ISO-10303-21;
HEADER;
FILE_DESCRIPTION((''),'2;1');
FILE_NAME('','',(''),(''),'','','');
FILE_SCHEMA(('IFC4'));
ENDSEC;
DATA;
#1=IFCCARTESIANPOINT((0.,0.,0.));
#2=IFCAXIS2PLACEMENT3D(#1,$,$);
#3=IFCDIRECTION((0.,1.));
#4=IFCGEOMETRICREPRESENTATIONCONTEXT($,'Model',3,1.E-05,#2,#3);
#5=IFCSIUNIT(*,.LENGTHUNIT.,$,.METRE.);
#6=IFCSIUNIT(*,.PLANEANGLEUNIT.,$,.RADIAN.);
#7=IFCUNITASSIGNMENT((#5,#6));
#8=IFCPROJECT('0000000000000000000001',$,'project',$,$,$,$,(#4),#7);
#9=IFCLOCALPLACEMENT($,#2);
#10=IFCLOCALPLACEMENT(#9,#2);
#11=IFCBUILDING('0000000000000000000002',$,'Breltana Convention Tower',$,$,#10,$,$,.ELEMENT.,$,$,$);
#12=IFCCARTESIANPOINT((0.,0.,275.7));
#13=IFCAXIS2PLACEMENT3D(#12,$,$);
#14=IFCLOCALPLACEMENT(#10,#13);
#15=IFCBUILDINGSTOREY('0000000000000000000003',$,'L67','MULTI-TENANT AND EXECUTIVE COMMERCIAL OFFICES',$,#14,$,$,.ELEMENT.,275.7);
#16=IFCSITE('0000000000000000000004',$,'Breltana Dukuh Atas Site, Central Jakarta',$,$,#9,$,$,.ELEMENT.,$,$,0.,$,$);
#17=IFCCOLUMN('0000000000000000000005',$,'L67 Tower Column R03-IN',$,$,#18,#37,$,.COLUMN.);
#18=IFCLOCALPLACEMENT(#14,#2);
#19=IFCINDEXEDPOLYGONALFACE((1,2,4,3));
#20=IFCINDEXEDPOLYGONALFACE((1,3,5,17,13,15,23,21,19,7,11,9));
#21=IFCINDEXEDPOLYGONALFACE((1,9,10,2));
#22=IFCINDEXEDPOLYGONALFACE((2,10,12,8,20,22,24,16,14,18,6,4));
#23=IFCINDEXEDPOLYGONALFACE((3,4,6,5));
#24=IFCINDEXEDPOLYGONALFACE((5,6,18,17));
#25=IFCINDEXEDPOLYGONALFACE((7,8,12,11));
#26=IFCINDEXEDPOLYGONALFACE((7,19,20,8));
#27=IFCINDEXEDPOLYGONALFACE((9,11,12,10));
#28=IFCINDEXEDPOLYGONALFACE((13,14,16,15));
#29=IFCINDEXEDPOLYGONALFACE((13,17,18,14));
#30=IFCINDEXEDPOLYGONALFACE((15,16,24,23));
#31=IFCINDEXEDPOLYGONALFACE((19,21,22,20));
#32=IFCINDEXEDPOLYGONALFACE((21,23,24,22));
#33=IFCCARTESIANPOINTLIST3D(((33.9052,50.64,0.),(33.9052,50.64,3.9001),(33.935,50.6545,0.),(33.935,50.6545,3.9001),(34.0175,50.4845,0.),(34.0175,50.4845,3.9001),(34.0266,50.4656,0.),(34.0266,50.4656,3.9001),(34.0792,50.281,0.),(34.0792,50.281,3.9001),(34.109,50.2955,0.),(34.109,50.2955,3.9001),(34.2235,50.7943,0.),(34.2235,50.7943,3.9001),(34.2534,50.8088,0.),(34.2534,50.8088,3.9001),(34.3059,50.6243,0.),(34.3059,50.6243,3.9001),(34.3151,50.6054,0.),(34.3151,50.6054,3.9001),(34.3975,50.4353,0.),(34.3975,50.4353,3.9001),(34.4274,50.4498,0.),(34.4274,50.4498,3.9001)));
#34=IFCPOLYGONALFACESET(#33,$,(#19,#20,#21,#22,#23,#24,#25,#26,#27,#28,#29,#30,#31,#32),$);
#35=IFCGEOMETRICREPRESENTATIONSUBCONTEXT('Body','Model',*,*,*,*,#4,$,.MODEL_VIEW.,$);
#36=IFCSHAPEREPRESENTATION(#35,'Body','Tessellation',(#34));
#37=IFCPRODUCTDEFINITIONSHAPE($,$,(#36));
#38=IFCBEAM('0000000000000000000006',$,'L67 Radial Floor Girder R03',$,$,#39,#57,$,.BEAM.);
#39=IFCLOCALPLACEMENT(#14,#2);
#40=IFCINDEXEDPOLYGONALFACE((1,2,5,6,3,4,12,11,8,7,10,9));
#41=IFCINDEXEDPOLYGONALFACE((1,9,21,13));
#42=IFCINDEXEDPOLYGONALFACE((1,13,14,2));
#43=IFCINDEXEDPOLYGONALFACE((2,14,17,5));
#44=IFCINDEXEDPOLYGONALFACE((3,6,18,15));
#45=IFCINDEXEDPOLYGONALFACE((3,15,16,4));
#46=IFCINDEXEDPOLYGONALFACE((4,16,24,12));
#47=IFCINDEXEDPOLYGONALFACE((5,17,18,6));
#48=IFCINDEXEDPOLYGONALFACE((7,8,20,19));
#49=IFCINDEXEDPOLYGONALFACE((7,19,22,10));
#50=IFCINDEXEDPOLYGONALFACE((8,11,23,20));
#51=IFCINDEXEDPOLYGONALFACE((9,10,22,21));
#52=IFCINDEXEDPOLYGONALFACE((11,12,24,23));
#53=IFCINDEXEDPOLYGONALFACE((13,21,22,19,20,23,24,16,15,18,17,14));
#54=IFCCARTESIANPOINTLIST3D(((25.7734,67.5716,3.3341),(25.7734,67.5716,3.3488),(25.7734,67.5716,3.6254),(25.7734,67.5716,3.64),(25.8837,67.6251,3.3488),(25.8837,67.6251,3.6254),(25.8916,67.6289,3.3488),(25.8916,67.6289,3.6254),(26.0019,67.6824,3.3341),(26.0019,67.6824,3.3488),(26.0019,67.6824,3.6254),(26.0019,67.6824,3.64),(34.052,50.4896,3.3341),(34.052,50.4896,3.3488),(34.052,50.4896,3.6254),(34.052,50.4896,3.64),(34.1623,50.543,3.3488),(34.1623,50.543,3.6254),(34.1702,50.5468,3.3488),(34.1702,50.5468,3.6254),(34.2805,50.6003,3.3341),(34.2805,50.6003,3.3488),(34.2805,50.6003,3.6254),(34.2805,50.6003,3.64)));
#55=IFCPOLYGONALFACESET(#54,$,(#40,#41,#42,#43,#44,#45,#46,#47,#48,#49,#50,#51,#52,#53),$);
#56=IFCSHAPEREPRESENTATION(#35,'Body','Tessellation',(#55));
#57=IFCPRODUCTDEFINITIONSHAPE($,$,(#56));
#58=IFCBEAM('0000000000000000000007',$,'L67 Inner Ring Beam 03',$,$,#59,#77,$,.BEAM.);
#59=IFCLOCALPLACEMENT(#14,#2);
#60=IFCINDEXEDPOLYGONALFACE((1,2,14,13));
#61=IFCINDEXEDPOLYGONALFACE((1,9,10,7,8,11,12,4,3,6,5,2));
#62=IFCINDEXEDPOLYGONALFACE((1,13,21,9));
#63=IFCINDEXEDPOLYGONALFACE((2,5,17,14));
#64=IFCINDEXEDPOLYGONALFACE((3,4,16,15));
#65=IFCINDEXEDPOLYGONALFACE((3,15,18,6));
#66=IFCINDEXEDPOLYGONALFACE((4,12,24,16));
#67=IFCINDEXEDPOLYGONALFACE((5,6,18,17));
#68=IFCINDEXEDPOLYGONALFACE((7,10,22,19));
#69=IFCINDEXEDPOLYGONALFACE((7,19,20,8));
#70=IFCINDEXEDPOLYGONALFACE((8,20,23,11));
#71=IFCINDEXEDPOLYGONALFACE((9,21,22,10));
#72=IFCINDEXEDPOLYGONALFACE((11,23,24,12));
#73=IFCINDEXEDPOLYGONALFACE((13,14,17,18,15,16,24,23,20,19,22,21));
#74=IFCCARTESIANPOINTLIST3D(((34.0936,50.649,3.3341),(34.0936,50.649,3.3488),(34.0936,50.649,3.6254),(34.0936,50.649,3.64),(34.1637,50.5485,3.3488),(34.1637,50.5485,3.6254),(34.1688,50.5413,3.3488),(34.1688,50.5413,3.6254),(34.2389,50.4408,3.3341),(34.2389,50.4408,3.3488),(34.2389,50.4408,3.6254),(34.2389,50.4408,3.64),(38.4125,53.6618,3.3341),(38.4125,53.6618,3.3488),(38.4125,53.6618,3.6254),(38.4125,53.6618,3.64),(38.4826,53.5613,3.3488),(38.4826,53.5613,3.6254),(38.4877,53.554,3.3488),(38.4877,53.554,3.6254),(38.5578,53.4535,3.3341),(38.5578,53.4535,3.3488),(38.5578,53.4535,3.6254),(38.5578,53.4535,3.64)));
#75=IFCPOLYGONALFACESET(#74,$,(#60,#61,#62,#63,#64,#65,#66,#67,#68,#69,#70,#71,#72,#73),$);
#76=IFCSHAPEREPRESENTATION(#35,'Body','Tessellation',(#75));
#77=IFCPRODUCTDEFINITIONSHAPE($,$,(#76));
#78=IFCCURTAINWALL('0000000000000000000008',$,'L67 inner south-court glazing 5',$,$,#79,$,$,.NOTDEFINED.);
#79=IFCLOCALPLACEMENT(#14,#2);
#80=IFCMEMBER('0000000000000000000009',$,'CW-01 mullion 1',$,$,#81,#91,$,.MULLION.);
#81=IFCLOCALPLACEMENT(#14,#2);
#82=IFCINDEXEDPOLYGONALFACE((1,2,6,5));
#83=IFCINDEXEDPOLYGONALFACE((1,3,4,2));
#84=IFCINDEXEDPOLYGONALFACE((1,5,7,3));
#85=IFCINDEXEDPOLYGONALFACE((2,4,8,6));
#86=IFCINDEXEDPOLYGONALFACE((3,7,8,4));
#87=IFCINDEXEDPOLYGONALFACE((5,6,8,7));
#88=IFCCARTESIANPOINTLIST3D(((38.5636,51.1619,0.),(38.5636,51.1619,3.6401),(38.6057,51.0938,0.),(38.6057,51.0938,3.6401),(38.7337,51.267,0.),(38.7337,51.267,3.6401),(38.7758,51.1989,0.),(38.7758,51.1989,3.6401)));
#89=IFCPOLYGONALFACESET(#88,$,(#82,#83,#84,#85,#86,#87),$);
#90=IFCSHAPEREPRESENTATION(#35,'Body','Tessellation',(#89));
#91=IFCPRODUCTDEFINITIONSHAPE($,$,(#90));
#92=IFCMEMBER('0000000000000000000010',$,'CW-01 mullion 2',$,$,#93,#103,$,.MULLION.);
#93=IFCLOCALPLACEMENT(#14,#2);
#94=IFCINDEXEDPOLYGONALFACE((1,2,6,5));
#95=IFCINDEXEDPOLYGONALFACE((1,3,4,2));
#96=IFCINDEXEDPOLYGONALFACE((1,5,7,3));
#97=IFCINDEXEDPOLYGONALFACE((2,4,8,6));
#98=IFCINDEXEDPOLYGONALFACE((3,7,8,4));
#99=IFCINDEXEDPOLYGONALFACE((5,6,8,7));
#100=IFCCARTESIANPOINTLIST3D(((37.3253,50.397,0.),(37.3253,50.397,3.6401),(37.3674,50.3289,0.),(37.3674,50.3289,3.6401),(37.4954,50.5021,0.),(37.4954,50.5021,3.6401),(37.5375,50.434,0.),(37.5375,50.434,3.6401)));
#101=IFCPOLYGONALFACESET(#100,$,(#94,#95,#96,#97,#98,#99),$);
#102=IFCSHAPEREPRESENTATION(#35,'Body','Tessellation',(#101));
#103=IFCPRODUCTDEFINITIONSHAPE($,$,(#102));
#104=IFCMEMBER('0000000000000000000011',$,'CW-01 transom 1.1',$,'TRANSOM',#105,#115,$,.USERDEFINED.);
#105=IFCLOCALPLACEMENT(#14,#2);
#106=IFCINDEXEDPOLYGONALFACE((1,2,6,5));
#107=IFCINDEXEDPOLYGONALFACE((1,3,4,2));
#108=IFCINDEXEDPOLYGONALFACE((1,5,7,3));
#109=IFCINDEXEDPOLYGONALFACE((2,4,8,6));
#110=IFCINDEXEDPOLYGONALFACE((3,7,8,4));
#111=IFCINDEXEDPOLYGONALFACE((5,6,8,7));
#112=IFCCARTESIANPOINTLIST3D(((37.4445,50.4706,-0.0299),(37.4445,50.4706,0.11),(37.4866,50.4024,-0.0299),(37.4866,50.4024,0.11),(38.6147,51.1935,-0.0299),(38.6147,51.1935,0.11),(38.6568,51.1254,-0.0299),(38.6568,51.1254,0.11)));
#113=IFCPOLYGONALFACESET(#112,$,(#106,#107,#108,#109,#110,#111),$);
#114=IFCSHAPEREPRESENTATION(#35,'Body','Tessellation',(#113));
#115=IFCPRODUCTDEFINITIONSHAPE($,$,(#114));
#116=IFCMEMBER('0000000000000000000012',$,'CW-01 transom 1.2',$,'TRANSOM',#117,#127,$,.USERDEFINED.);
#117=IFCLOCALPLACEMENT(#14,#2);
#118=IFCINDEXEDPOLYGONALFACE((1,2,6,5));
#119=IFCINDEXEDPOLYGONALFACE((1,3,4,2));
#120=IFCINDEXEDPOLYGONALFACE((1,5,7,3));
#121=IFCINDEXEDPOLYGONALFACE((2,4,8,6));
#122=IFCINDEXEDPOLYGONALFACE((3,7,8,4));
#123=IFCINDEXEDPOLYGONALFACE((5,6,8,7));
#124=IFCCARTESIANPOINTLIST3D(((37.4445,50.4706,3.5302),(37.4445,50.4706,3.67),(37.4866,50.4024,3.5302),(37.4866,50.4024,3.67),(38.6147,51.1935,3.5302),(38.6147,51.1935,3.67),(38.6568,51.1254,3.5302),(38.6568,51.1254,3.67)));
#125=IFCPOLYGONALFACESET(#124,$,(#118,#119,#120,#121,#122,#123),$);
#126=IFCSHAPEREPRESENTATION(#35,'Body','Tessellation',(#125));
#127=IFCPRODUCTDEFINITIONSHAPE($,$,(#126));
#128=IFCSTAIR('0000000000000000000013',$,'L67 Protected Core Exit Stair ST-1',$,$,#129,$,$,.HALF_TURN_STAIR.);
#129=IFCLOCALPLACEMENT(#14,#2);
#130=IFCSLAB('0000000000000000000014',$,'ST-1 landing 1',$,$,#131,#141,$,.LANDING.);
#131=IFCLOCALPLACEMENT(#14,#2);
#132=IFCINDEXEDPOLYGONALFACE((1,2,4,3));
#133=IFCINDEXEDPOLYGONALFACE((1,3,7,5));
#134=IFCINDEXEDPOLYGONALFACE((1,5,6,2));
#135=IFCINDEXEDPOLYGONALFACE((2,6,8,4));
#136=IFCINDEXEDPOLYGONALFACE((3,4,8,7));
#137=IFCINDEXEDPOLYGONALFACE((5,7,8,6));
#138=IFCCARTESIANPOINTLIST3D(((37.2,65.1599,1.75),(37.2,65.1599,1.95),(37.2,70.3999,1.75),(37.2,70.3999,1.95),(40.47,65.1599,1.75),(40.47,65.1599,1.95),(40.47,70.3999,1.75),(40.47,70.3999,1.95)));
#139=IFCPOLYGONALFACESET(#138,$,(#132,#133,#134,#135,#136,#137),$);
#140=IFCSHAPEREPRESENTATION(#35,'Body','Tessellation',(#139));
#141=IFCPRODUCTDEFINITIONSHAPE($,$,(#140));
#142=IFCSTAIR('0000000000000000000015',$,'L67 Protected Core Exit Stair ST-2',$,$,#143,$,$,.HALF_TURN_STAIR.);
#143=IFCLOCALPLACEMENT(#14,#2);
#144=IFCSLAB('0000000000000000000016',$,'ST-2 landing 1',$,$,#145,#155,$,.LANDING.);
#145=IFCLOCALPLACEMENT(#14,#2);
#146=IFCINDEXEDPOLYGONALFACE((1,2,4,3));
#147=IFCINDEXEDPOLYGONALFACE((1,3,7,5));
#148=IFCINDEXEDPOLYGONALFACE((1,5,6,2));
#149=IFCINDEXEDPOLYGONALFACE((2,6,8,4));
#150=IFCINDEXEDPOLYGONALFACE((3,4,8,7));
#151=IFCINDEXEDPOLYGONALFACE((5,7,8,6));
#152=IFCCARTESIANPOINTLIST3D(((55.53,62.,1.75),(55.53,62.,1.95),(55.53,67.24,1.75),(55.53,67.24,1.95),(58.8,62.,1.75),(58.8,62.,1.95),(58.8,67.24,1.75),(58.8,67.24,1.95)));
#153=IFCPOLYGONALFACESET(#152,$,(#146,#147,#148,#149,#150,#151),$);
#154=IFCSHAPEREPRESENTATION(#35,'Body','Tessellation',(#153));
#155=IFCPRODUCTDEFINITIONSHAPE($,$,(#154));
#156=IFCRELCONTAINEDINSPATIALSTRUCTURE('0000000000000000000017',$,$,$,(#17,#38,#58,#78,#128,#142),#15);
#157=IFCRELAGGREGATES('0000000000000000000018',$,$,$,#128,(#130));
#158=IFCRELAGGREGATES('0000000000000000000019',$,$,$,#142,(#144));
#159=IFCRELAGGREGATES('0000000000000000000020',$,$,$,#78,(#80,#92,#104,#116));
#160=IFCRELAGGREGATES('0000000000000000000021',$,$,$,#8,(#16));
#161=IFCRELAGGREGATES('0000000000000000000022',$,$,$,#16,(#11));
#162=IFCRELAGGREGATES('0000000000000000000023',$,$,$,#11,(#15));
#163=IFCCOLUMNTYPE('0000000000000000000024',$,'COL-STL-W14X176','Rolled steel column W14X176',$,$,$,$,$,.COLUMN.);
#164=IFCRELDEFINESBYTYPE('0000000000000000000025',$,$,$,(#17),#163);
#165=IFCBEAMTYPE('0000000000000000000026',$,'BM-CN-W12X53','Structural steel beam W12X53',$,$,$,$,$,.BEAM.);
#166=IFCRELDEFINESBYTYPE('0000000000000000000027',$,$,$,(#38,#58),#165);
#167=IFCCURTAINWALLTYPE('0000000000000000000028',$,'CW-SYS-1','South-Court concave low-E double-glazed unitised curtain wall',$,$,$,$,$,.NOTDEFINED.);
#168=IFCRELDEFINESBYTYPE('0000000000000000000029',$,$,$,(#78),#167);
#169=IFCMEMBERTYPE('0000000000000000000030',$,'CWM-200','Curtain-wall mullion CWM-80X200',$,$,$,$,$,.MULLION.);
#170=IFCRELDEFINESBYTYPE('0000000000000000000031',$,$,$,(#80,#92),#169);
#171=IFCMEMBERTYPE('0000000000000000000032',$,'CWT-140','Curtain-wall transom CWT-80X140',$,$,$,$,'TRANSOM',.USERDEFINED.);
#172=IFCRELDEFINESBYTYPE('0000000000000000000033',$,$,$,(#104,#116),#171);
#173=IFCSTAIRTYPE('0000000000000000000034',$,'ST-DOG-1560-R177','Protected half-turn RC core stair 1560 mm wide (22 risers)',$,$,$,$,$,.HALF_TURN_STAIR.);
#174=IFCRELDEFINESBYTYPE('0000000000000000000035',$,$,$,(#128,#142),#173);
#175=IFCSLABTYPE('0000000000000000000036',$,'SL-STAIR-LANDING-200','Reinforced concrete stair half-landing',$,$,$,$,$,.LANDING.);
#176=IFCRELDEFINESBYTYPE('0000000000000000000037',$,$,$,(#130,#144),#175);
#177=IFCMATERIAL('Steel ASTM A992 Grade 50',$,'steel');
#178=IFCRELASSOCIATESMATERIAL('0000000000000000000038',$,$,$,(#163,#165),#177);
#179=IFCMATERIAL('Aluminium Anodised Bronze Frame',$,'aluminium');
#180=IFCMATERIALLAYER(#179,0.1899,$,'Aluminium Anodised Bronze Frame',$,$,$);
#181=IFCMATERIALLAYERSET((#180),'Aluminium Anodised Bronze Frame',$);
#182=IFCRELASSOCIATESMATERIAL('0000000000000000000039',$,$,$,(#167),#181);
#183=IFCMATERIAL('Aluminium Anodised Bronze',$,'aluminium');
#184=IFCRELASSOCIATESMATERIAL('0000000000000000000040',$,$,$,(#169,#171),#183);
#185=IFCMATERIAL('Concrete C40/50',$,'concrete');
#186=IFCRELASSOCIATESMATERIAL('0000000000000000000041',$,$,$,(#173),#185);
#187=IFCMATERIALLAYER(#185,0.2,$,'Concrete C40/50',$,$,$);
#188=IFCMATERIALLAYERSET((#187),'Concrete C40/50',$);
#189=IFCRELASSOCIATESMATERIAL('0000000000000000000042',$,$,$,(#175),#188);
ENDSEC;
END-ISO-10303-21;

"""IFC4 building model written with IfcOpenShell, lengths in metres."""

from ifc_helpers import new_model, si_unit, direction, frame, origin, origin_2d, place, context, subcontext, project, spatial, polyline, rectangle, i_section, outline, extrude, source, transform, mapped, material, layer, layer_set, material_profile, profile_set, type_object, element, aggregate, save


model = new_model("IFC4")

# Units and contexts
model_context = context("Model", 3, precision=1e-05, world=origin(), true_north=direction((0.0, 1.0)))
body_context = subcontext(model_context, "Body", "Model", "MODEL_VIEW")
ifc_project = project(units=[si_unit("LENGTHUNIT", "METRE"), si_unit("PLANEANGLEUNIT", "RADIAN")], contexts=[model_context])

# Site, building, storey
site_placement = place(None, origin())
site = spatial("IfcSite", under=ifc_project, at=site_placement, Name="Breltana Dukuh Atas Site, Central Jakarta", CompositionType="ELEMENT", RefElevation=0.0)
building_placement = place(site_placement, origin())
building = spatial("IfcBuilding", under=site, at=building_placement, Name="Breltana Convention Tower", CompositionType="ELEMENT")
storey_placement = place(building_placement, frame((0.0, 0.0, 275.7)))
storey = spatial("IfcBuildingStorey", under=building, at=storey_placement, Name="L67", Description="MULTI-TENANT AND EXECUTIVE COMMERCIAL OFFICES", CompositionType="ELEMENT", Elevation=275.7)

# Column
ifc_material_1 = material(Name="Steel ASTM A992 Grade 50", Category="steel")
ifc_material_profile_1 = material_profile(ifc_material_1, i_section(OverallWidth=0.3989, OverallDepth=0.387, WebThickness=0.021, FlangeThickness=0.0332, at=origin_2d()), Name="W14X176")
ifc_profile_set_1 = profile_set([ifc_material_profile_1], Name="Steel ASTM A992 Grade 50")
column_type = type_object("IfcColumnType", Name="COL-STL-W14X176", Description="Rolled steel column W14X176", PredefinedType="COLUMN", material=ifc_profile_set_1)
shared_shape_1 = source(origin(), body_context, "Body", "SweptSolid", [
    extrude(i_section(OverallWidth=0.3989, OverallDepth=0.387, WebThickness=0.021, FlangeThickness=0.0332, at=origin_2d()), origin(), (0.0, 0.0, 1.0), 3.9001),
])
column_placement = place(storey_placement, frame((34.1663, 50.5449, 0.0), z_axis=(0.0, 0.0, 1.0), x_axis=(-0.436174, 0.899863, 0.0)))
element("IfcColumn", 1, at=column_placement, inside=storey, type_object=column_type, Name="L67 Tower Column R03-IN", PredefinedType="COLUMN", context=body_context, shape_type="MappedRepresentation", body=[
    mapped(shared_shape_1, transform((0.0, 0.0, 0.0), scale=1.0)),
])

# Beams
ifc_material_profile_2 = material_profile(ifc_material_1, i_section(OverallWidth=0.2539, OverallDepth=0.3059, WebThickness=0.0088, FlangeThickness=0.0146, at=origin_2d()), Name="W12X53")
ifc_profile_set_2 = profile_set([ifc_material_profile_2], Name="Steel ASTM A992 Grade 50")
beam_type = type_object("IfcBeamType", Name="BM-CN-W12X53", Description="Structural steel beam W12X53", PredefinedType="BEAM", material=ifc_profile_set_2)
shared_shape_2 = source(origin(), body_context, "Body", "SweptSolid", [
    extrude(i_section(OverallWidth=0.2539, OverallDepth=0.3059, WebThickness=0.0088, FlangeThickness=0.0146, at=origin_2d()), origin(), (0.0, 0.0, 1.0), 18.9824),
])
beam_1_placement = place(storey_placement, frame((34.1663, 50.5449, 3.4871), z_axis=(-0.436119, 0.899889, 0.0), x_axis=(-0.899889, -0.436119, 0.0)))
element("IfcBeam", 2, at=beam_1_placement, inside=storey, type_object=beam_type, Name="L67 Radial Floor Girder R03", PredefinedType="BEAM", context=body_context, shape_type="MappedRepresentation", body=[
    mapped(shared_shape_2, transform((0.0, 0.0, 0.0), scale=1.0)),
])
shared_shape_3 = source(origin(), body_context, "Body", "SweptSolid", [
    extrude(i_section(OverallWidth=0.2539, OverallDepth=0.3059, WebThickness=0.0088, FlangeThickness=0.0146, at=origin_2d()), origin(), (0.0, 0.0, 1.0), 5.2659),
])
beam_2_placement = place(storey_placement, frame((34.1663, 50.5449, 3.4871), z_axis=(0.820167, 0.572124, 0.0), x_axis=(-0.572124, 0.820167, 0.0)))
element("IfcBeam", 3, at=beam_2_placement, inside=storey, type_object=beam_type, Name="L67 Inner Ring Beam 03", PredefinedType="BEAM", context=body_context, shape_type="MappedRepresentation", body=[
    mapped(shared_shape_3, transform((0.0, 0.0, 0.0), scale=1.0)),
])

# Curtain wall, members
ifc_material_2 = material(Name="Aluminium Anodised Bronze Frame", Category="aluminium")
ifc_layer_1 = layer(ifc_material_2, 0.1899, Name="Aluminium Anodised Bronze Frame")
ifc_layer_set_1 = layer_set([ifc_layer_1], Name="Aluminium Anodised Bronze Frame")
curtain_wall_type = type_object("IfcCurtainWallType", Name="CW-SYS-1", Description="South-Court concave low-E double-glazed unitised curtain wall", PredefinedType="NOTDEFINED", material=ifc_layer_set_1)
curtain_wall_placement = place(storey_placement, origin())
curtain_wall = element("IfcCurtainWall", 4, at=curtain_wall_placement, inside=storey, type_object=curtain_wall_type, Name="L67 inner south-court glazing 5", PredefinedType="NOTDEFINED")
ifc_material_3 = material(Name="Aluminium Anodised Bronze", Category="aluminium")
ifc_material_profile_3 = material_profile(ifc_material_3, rectangle(XDim=0.0801, YDim=0.2, at=origin_2d()), Name="CWM-80X200")
ifc_profile_set_3 = profile_set([ifc_material_profile_3], Name="Aluminium Anodised Bronze")
member_type_1 = type_object("IfcMemberType", Name="CWM-200", Description="Curtain-wall mullion CWM-80X200", PredefinedType="MULLION", material=ifc_profile_set_3)
shared_shape_4 = source(origin(), body_context, "Body", "SweptSolid", [
    extrude(rectangle(XDim=0.0801, YDim=0.2, at=origin_2d()), origin(), (0.0, 0.0, 1.0), 3.6401),
])
member_1_placement = place(storey_placement, frame((38.6697, 51.1804, 0.0), z_axis=(0.0, 0.0, 1.0), x_axis=(0.525572, -0.850749, 0.0)))
member_1 = element("IfcMember", 5, at=member_1_placement, type_object=member_type_1, Name="CW-01 mullion 1", PredefinedType="MULLION", context=body_context, shape_type="MappedRepresentation", body=[
    mapped(shared_shape_4, transform((0.0, 0.0, 0.0), scale=1.0)),
])
member_2_placement = place(storey_placement, frame((37.4314, 50.4155, 0.0), z_axis=(0.0, 0.0, 1.0), x_axis=(0.525572, -0.850749, 0.0)))
member_2 = element("IfcMember", 6, at=member_2_placement, type_object=member_type_1, Name="CW-01 mullion 2", PredefinedType="MULLION", context=body_context, shape_type="MappedRepresentation", body=[
    mapped(shared_shape_4, transform((0.0, 0.0, 0.0), scale=1.0)),
])
ifc_material_profile_4 = material_profile(ifc_material_3, rectangle(XDim=0.0801, YDim=0.1399, at=origin_2d()), Name="CWT-80X140")
ifc_profile_set_4 = profile_set([ifc_material_profile_4], Name="Aluminium Anodised Bronze")
member_type_2 = type_object("IfcMemberType", Name="CWT-140", Description="Curtain-wall transom CWT-80X140", ElementType="TRANSOM", PredefinedType="USERDEFINED", material=ifc_profile_set_4)
shared_shape_5 = source(origin(), body_context, "Body", "SweptSolid", [
    extrude(rectangle(XDim=0.0801, YDim=0.1399, at=origin_2d()), origin(), (0.0, 0.0, 1.0), 1.3755),
])
member_3_placement = place(storey_placement, frame((38.6357, 51.1594, 0.04), z_axis=(-0.850749, -0.525572, 0.0), x_axis=(0.525572, -0.850749, 0.0)))
member_3 = element("IfcMember", 7, at=member_3_placement, type_object=member_type_2, Name="CW-01 transom 1.1", ObjectType="TRANSOM", PredefinedType="USERDEFINED", context=body_context, shape_type="MappedRepresentation", body=[
    mapped(shared_shape_5, transform((0.0, 0.0, 0.0), scale=1.0)),
])
member_4_placement = place(storey_placement, frame((38.6357, 51.1594, 3.6001), z_axis=(-0.850749, -0.525572, 0.0), x_axis=(0.525572, -0.850749, 0.0)))
member_4 = element("IfcMember", 8, at=member_4_placement, type_object=member_type_2, Name="CW-01 transom 1.2", ObjectType="TRANSOM", PredefinedType="USERDEFINED", context=body_context, shape_type="MappedRepresentation", body=[
    mapped(shared_shape_5, transform((0.0, 0.0, 0.0), scale=1.0)),
])

# Stairs, slabs
ifc_material_4 = material(Name="Concrete C40/50", Category="concrete")
stair_type = type_object("IfcStairType", Name="ST-DOG-1560-R177", Description="Protected half-turn RC core stair 1560 mm wide (22 risers)", PredefinedType="HALF_TURN_STAIR", material=ifc_material_4)
stair_1_placement = place(storey_placement, origin())
stair_1 = element("IfcStair", 9, at=stair_1_placement, inside=storey, type_object=stair_type, Name="L67 Protected Core Exit Stair ST-1", PredefinedType="HALF_TURN_STAIR")
ifc_layer_2 = layer(ifc_material_4, 0.2, Name="Concrete C40/50")
ifc_layer_set_2 = layer_set([ifc_layer_2], Name="Concrete C40/50")
slab_type_1 = type_object("IfcSlabType", Name="SL-STAIR-LANDING-200", Description="Reinforced concrete stair half-landing", PredefinedType="LANDING", material=ifc_layer_set_2)
slab_1_placement = place(storey_placement, frame((0.0, 0.0, 1.75)))
slab_1 = element("IfcSlab", 10, at=slab_1_placement, type_object=slab_type_1, Name="ST-1 landing 1", PredefinedType="LANDING", context=body_context, shape_type="SweptSolid", body=[
    extrude(outline(polyline([(40.47, 65.1599), (40.47, 70.3999), (37.2, 70.3999), (37.2, 65.1599), (40.47, 65.1599)])), origin(), (0.0, 0.0, 1.0), 0.2),
])
aggregate(stair_1, [slab_1])
stair_2_placement = place(storey_placement, origin())
stair_2 = element("IfcStair", 11, at=stair_2_placement, inside=storey, type_object=stair_type, Name="L67 Protected Core Exit Stair ST-2", PredefinedType="HALF_TURN_STAIR")
slab_2_placement = place(storey_placement, frame((0.0, 0.0, 1.75)))
slab_2 = element("IfcSlab", 12, at=slab_2_placement, type_object=slab_type_1, Name="ST-2 landing 1", PredefinedType="LANDING", context=body_context, shape_type="SweptSolid", body=[
    extrude(outline(polyline([(55.53, 67.24), (55.53, 62.0), (58.8, 62.0), (58.8, 67.24), (55.53, 67.24)])), origin(), (0.0, 0.0, 1.0), 0.2),
])
aggregate(stair_2, [slab_2])

aggregate(curtain_wall, [member_1, member_2, member_3, member_4])

save(model, "model.ifc")
